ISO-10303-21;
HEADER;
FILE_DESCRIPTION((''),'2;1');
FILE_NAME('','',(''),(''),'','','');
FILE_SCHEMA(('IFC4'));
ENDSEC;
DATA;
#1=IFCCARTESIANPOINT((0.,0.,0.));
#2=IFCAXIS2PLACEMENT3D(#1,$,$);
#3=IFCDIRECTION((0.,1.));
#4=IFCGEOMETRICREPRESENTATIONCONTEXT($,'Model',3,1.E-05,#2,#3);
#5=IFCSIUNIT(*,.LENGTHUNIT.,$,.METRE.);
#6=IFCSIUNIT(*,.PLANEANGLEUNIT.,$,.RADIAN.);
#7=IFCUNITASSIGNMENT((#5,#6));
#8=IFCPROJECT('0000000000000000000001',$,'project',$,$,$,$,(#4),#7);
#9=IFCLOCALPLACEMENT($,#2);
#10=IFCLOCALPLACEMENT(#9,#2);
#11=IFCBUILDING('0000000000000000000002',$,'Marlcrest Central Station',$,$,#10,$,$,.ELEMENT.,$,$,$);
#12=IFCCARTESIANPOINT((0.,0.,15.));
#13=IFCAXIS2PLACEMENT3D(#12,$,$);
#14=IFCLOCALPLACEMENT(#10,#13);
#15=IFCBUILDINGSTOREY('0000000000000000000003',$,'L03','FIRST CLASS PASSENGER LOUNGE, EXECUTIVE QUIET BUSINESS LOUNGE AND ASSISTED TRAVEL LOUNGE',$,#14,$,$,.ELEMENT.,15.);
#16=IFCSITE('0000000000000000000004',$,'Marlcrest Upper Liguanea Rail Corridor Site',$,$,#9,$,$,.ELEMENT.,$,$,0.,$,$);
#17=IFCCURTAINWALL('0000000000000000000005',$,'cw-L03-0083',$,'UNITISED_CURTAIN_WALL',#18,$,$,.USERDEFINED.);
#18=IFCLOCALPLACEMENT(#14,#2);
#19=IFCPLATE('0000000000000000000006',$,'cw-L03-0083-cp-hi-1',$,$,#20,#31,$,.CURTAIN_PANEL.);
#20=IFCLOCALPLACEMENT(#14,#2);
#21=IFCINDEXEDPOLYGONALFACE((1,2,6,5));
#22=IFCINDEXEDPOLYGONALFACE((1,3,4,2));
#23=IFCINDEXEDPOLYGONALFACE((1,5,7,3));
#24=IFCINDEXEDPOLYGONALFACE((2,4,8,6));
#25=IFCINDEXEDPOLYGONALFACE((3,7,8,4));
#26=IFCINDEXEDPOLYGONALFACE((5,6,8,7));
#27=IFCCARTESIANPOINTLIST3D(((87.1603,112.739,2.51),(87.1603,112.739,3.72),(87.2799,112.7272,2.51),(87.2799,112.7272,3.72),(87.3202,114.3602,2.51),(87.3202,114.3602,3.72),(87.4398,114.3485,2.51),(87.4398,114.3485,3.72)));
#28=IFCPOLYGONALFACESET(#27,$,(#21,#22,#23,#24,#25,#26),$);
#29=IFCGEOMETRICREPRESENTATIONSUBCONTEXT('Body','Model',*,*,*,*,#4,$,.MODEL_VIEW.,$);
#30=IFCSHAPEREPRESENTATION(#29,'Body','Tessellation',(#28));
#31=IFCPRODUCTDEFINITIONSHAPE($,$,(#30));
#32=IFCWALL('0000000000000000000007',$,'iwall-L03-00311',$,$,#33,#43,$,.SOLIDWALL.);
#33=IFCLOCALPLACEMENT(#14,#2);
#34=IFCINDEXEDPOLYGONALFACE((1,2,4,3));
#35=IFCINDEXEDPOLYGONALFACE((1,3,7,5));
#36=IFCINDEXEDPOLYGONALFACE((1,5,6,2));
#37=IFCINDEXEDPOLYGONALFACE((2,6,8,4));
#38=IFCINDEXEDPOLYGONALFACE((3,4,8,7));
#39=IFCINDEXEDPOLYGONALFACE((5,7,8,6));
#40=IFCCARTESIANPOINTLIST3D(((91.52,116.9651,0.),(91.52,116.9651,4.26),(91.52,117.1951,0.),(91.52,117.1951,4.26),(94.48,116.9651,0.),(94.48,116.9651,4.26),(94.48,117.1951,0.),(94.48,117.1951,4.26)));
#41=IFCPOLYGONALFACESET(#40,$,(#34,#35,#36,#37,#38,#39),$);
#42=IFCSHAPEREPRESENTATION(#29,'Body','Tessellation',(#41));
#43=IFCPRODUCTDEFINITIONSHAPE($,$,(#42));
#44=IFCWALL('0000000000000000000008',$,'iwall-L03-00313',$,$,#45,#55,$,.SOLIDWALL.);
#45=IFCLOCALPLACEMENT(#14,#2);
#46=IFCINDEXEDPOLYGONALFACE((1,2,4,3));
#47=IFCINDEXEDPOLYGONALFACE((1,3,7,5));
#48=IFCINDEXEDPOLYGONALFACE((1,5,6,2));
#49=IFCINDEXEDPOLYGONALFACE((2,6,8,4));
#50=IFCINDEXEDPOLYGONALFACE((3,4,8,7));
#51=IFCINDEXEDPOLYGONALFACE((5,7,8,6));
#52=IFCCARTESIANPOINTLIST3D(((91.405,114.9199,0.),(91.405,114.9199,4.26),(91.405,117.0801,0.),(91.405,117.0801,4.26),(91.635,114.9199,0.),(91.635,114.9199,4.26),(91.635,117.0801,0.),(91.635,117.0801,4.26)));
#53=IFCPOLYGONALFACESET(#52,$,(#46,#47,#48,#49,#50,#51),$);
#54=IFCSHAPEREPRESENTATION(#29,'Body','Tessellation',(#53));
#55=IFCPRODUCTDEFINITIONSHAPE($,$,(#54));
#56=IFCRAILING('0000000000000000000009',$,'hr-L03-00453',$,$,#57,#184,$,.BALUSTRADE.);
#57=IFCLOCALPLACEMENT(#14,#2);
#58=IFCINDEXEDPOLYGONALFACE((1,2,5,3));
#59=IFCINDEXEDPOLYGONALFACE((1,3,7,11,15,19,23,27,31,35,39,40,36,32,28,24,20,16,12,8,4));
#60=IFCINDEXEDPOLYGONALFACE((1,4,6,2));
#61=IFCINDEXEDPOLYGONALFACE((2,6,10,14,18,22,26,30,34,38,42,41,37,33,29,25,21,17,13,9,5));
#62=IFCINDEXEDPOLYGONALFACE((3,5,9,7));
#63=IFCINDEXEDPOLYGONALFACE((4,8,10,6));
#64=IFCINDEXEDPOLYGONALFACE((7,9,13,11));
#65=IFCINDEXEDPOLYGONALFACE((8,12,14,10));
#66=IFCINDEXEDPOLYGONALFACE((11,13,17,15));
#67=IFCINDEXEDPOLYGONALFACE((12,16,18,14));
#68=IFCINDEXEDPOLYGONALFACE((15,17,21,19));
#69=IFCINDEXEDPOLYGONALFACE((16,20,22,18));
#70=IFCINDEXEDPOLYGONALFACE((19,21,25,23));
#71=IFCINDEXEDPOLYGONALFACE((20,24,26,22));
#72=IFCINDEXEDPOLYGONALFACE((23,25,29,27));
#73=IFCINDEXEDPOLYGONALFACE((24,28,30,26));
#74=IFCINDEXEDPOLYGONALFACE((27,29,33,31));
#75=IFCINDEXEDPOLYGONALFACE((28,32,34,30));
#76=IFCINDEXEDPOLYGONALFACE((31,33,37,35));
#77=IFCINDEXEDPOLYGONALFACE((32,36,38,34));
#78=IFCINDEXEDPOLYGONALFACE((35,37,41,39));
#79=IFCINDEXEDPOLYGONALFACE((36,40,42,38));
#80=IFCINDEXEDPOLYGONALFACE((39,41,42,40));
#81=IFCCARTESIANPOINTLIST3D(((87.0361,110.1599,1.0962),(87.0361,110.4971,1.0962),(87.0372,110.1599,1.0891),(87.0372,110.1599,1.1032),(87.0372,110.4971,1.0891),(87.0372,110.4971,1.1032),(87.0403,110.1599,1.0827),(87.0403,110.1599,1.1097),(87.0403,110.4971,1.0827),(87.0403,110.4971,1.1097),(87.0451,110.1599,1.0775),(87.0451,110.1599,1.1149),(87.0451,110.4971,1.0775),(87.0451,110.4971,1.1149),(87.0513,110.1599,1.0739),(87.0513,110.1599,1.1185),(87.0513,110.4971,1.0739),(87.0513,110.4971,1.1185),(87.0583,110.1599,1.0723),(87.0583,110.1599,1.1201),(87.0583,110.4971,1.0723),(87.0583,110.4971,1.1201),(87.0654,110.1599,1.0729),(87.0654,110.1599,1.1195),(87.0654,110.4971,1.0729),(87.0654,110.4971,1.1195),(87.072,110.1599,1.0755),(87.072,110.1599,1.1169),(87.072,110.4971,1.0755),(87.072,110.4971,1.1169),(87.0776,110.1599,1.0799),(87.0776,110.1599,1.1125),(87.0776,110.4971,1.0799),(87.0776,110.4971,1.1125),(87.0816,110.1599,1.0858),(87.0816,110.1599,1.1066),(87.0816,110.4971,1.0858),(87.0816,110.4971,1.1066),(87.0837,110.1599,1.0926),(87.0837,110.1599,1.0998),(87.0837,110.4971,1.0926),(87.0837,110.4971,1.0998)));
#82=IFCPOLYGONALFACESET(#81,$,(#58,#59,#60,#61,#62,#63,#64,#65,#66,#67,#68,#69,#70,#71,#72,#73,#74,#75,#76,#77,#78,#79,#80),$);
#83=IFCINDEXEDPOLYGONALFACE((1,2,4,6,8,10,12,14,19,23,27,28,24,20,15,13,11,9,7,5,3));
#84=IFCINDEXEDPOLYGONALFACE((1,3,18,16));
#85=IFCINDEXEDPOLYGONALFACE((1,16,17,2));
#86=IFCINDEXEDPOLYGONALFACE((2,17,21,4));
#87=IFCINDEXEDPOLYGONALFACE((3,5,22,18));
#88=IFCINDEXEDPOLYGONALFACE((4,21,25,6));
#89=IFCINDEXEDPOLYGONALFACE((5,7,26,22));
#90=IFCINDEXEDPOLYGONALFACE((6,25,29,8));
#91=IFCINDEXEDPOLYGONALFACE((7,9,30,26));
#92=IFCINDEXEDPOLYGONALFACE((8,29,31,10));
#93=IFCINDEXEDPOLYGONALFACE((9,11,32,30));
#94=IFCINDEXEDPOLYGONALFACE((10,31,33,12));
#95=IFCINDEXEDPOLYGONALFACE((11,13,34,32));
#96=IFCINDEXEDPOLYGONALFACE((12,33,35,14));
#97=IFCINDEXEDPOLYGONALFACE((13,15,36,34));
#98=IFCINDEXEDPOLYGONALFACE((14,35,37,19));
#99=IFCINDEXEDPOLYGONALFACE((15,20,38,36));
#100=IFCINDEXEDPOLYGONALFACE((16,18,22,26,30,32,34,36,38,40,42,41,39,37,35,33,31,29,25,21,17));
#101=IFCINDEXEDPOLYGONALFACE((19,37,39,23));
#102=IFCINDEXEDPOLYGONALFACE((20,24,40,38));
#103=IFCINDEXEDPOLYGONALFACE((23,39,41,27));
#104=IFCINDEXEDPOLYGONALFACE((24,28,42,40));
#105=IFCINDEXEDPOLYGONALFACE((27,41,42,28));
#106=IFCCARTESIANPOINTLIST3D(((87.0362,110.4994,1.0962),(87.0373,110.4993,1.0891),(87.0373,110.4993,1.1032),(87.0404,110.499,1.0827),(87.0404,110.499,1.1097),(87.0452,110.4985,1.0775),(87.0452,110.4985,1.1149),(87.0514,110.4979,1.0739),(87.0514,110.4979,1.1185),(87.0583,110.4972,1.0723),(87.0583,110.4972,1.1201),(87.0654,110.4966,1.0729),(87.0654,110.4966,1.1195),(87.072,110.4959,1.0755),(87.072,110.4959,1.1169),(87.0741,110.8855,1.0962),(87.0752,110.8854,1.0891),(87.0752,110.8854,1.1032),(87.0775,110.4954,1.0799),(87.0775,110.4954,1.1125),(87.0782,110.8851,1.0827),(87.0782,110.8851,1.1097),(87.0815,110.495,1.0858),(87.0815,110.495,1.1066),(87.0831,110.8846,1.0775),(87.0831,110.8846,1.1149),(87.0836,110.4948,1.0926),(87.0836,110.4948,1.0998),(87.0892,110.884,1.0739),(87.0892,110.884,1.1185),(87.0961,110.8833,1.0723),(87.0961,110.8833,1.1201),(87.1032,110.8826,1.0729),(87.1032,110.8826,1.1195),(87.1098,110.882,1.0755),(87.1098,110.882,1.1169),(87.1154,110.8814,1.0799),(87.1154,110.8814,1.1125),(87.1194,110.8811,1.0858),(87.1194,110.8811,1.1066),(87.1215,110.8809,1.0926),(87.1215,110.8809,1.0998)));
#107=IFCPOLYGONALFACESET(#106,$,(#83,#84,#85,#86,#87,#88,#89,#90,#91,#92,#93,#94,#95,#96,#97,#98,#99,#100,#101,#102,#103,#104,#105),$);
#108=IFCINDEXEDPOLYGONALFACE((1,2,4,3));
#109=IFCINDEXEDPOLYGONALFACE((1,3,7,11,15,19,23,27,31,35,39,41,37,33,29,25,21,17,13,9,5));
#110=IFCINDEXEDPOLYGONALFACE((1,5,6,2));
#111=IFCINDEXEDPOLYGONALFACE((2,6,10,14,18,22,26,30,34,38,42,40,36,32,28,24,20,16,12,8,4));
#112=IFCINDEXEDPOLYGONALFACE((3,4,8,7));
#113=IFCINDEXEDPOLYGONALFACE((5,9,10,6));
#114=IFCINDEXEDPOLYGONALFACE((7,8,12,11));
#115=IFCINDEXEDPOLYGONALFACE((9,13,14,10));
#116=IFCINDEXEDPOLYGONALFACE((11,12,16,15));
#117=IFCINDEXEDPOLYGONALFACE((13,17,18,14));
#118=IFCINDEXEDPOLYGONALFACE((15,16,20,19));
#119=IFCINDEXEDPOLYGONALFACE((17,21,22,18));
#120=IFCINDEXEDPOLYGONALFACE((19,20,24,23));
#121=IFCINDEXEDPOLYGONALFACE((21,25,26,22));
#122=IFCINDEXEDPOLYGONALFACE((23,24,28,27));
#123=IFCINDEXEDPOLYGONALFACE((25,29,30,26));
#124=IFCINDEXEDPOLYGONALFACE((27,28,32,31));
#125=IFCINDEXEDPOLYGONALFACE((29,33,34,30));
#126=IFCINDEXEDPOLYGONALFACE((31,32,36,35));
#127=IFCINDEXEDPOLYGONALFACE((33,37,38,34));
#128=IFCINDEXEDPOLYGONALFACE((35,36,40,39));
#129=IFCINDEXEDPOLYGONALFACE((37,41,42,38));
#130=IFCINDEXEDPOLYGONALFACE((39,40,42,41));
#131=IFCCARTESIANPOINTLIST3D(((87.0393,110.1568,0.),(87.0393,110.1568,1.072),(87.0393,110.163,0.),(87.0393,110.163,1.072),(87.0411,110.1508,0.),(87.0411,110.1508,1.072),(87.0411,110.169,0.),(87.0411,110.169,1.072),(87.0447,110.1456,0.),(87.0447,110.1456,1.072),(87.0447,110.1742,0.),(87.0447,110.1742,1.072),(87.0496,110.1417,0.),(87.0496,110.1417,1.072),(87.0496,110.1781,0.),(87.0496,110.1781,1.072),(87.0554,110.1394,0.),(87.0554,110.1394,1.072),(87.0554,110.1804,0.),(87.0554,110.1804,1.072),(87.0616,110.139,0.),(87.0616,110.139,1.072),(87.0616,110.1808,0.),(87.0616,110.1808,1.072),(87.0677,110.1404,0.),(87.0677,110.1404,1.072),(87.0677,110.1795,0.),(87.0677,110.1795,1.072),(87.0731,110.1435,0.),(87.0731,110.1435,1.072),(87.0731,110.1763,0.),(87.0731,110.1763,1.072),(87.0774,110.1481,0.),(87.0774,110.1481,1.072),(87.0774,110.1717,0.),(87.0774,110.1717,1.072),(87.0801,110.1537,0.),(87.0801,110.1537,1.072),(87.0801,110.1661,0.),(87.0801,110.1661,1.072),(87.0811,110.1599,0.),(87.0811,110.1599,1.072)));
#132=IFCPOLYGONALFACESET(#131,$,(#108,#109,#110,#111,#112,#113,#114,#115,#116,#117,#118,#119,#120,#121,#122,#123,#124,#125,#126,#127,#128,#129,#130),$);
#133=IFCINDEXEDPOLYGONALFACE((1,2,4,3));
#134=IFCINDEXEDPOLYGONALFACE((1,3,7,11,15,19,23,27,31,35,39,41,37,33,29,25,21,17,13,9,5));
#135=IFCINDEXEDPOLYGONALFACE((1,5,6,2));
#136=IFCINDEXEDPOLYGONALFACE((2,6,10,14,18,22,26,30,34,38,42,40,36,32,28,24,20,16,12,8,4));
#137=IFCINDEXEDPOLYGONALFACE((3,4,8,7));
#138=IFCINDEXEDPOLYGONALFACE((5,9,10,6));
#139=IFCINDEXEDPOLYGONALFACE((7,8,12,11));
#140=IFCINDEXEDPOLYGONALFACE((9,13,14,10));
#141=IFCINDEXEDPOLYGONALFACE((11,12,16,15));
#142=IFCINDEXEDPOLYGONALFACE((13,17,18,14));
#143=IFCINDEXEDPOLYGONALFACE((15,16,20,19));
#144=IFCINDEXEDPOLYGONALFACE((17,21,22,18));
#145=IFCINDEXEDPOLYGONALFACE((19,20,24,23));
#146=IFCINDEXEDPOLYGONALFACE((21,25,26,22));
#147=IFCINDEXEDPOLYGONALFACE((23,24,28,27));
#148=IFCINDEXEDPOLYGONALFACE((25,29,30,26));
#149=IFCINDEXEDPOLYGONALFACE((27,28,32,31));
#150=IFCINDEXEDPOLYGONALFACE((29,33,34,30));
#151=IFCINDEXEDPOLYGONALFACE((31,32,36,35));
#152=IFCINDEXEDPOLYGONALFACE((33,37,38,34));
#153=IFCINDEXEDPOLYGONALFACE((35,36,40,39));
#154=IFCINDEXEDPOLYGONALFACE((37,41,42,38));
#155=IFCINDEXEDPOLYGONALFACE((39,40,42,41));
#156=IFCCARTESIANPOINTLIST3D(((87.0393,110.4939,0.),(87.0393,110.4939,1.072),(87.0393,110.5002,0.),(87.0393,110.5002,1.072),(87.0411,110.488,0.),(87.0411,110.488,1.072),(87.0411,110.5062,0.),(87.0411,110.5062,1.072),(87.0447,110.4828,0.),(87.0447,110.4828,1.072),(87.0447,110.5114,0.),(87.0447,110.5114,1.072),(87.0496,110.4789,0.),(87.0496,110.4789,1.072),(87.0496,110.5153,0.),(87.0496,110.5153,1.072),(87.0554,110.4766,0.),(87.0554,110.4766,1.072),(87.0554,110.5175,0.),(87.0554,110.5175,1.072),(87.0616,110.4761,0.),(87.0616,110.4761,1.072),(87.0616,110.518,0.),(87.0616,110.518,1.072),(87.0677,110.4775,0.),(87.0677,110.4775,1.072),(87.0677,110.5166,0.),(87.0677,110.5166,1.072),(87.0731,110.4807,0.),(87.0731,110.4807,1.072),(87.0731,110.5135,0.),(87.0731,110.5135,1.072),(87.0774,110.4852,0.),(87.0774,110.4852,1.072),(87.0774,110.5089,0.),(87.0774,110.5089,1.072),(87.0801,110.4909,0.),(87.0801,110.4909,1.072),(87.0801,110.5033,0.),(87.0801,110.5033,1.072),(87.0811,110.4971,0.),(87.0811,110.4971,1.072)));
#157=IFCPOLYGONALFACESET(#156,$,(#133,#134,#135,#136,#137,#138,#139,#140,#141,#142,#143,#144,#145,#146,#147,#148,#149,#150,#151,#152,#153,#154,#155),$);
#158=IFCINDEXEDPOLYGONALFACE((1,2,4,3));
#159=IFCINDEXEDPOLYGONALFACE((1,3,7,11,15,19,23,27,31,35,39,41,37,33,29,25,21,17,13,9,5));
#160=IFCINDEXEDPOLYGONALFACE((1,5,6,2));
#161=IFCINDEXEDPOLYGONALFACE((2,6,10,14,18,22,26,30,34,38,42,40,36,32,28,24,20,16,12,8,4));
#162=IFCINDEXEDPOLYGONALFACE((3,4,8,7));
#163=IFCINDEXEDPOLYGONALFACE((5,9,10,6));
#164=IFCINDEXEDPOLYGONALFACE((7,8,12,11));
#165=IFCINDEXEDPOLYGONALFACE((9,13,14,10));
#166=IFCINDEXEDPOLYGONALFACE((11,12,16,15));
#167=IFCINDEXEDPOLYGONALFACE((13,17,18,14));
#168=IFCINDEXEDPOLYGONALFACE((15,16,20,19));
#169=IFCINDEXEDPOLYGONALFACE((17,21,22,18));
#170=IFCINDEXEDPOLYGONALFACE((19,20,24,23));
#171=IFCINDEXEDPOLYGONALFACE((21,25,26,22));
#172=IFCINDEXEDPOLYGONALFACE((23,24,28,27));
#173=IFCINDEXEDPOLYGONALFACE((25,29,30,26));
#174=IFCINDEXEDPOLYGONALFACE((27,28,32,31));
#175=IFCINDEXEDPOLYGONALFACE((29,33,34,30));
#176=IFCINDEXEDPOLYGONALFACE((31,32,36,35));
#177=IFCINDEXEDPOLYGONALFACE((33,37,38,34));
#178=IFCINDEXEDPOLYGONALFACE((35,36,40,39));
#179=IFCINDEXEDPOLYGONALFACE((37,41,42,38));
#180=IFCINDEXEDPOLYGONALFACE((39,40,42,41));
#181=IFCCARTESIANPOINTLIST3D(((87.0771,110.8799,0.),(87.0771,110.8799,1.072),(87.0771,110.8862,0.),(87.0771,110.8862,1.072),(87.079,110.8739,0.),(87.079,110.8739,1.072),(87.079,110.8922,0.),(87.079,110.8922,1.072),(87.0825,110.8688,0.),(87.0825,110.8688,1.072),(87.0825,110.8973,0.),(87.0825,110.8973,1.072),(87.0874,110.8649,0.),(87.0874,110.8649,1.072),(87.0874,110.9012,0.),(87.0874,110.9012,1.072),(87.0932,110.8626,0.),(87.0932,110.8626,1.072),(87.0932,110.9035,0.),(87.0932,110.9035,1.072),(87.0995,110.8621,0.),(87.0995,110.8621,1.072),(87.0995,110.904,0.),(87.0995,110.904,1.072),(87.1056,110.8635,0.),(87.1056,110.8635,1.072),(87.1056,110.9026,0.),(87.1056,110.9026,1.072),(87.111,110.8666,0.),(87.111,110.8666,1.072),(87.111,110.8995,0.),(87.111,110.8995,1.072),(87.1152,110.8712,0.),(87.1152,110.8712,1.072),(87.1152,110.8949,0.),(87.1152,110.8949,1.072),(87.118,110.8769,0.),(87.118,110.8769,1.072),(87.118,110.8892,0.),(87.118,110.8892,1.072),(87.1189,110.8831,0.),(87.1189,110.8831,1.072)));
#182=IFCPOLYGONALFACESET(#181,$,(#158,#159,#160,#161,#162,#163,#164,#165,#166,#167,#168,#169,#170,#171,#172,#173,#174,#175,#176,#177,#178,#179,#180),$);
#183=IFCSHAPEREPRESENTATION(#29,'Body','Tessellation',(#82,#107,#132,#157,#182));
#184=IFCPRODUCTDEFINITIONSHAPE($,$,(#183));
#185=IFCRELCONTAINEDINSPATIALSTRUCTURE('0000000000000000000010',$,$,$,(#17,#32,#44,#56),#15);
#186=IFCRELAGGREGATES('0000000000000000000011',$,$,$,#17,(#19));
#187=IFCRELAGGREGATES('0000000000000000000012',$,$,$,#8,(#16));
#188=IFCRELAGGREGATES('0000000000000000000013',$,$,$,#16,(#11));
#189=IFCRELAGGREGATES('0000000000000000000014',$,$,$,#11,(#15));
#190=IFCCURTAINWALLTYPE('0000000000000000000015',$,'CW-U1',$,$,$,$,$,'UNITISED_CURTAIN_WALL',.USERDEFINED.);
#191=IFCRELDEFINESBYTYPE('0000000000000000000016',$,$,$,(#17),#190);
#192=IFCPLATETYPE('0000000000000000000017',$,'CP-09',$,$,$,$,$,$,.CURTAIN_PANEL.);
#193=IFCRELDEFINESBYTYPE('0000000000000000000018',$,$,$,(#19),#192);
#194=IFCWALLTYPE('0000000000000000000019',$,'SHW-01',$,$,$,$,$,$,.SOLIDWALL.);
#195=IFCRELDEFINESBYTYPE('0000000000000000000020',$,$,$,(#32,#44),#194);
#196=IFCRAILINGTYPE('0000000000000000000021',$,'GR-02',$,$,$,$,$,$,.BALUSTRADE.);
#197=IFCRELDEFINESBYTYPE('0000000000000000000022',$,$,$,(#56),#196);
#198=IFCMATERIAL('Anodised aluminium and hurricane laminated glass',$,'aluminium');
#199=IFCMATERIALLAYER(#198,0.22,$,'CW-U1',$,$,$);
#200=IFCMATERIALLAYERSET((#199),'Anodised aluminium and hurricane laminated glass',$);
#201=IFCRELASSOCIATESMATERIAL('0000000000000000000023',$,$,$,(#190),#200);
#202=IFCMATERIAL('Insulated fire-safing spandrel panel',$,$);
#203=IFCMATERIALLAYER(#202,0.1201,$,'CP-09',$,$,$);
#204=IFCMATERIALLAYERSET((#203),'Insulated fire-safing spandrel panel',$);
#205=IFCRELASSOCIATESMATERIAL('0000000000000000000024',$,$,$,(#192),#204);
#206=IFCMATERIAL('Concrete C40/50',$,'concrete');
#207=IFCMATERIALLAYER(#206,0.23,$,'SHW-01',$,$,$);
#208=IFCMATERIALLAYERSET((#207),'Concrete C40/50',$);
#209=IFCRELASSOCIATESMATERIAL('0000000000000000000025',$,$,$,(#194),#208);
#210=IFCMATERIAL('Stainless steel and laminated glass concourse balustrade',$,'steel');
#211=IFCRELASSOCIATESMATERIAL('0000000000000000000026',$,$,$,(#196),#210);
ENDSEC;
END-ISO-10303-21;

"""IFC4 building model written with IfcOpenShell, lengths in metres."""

from ifc_helpers import new_model, si_unit, direction, frame, frame_2d, origin, origin_2d, place, context, subcontext, project, spatial, rectangle, circle, extrude, material, layer, layer_set, type_object, element, aggregate, save


model = new_model("IFC4")

# Units and contexts
model_context = context("Model", 3, precision=1e-05, world=origin(), true_north=direction((0.0, 1.0)))
body_context = subcontext(model_context, "Body", "Model", "MODEL_VIEW")
ifc_project = project(units=[si_unit("LENGTHUNIT", "METRE"), si_unit("PLANEANGLEUNIT", "RADIAN")], contexts=[model_context])

# Site, building, storey
site_placement = place(None, origin())
site = spatial("IfcSite", under=ifc_project, at=site_placement, Name="Marlcrest Upper Liguanea Rail Corridor Site", CompositionType="ELEMENT", RefElevation=0.0)
building_placement = place(site_placement, origin())
building = spatial("IfcBuilding", under=site, at=building_placement, Name="Marlcrest Central Station", CompositionType="ELEMENT")
storey_placement = place(building_placement, frame((0.0, 0.0, 15.0)))
storey = spatial("IfcBuildingStorey", under=building, at=storey_placement, Name="L03", Description="FIRST CLASS PASSENGER LOUNGE, EXECUTIVE QUIET BUSINESS LOUNGE AND ASSISTED TRAVEL LOUNGE", CompositionType="ELEMENT", Elevation=15.0)

# Curtain wall
ifc_material_1 = material(Name="Anodised aluminium and hurricane laminated glass", Category="aluminium")
ifc_layer_1 = layer(ifc_material_1, 0.22, Name="CW-U1")
ifc_layer_set_1 = layer_set([ifc_layer_1], Name="Anodised aluminium and hurricane laminated glass")
curtain_wall_type = type_object("IfcCurtainWallType", Name="CW-U1", ElementType="UNITISED_CURTAIN_WALL", PredefinedType="USERDEFINED", material=ifc_layer_set_1)
curtain_wall_1_placement = place(storey_placement, origin())
curtain_wall_1 = element("IfcCurtainWall", 1, at=curtain_wall_1_placement, inside=storey, type_object=curtain_wall_type, Name="cw-L03-0083", ObjectType="UNITISED_CURTAIN_WALL", PredefinedType="USERDEFINED")

# Plate
ifc_material_2 = material(Name="Insulated fire-safing spandrel panel")
ifc_layer_2 = layer(ifc_material_2, 0.1201, Name="CP-09")
ifc_layer_set_2 = layer_set([ifc_layer_2], Name="Insulated fire-safing spandrel panel")
plate_type_1 = type_object("IfcPlateType", Name="CP-09", PredefinedType="CURTAIN_PANEL", material=ifc_layer_set_2)
plate_1_placement = place(storey_placement, frame((87.3, 113.5437, 2.51), z_axis=(0.0, 0.0, 1.0), x_axis=(0.098139, 0.995173, 0.0)))
plate_1 = element("IfcPlate", 2, at=plate_1_placement, type_object=plate_type_1, Name="cw-L03-0083-cp-hi-1", PredefinedType="CURTAIN_PANEL", context=body_context, shape_type="SweptSolid", body=[
    extrude(rectangle(XDim=1.6292, YDim=0.1201, at=origin_2d()), origin(), (0.0, 0.0, 1.0), 1.21),
])
aggregate(curtain_wall_1, [plate_1])

# Walls
ifc_material_3 = material(Name="Concrete C40/50", Category="concrete")
ifc_layer_3 = layer(ifc_material_3, 0.23, Name="SHW-01")
ifc_layer_set_3 = layer_set([ifc_layer_3], Name="Concrete C40/50")
wall_type = type_object("IfcWallType", Name="SHW-01", PredefinedType="SOLIDWALL", material=ifc_layer_set_3)
wall_1_placement = place(storey_placement, frame((91.52, 117.0801, 0.0), z_axis=(0.0, 0.0, 1.0), x_axis=(1.0, 0.0, 0.0)))
element("IfcWall", 3, at=wall_1_placement, inside=storey, type_object=wall_type, Name="iwall-L03-00311", PredefinedType="SOLIDWALL", context=body_context, shape_type="SweptSolid", body=[
    extrude(rectangle(XDim=2.96, YDim=0.23, at=frame_2d((1.48, 0.0))), origin(), (0.0, 0.0, 1.0), 4.26),
])
wall_2_placement = place(storey_placement, frame((91.52, 114.9199, 0.0), z_axis=(0.0, 0.0, 1.0), x_axis=(0.0, 1.0, 0.0)))
element("IfcWall", 4, at=wall_2_placement, inside=storey, type_object=wall_type, Name="iwall-L03-00313", PredefinedType="SOLIDWALL", context=body_context, shape_type="SweptSolid", body=[
    extrude(rectangle(XDim=2.1602, YDim=0.23, at=frame_2d((1.0801, 0.0))), origin(), (0.0, 0.0, 1.0), 4.26),
])

# Railing
ifc_material_4 = material(Name="Stainless steel and laminated glass concourse balustrade", Category="steel")
railing_type = type_object("IfcRailingType", Name="GR-02", PredefinedType="BALUSTRADE", material=ifc_material_4)
railing_1_placement = place(storey_placement, frame((87.0601, 110.1599, 0.0)))
element("IfcRailing", 5, at=railing_1_placement, inside=storey, type_object=railing_type, Name="hr-L03-00453", PredefinedType="BALUSTRADE", context=body_context, shape_type="SweptSolid", body=[
    extrude(circle(Radius=0.0239, at=origin_2d()), frame((0.0, 0.0, 1.0962), z_axis=(0.0, 1.0, 0.0), x_axis=(-1.0, 0.0, 0.0)), (0.0, 0.0, 1.0), 0.3372),
    extrude(circle(Radius=0.0239, at=origin_2d()), frame((0.0, 0.3372, 1.0962), z_axis=(0.097571, 0.995229, 0.0), x_axis=(-0.995229, 0.097571, 0.0)), (0.0, 0.0, 1.0), 0.3879),
    extrude(circle(Radius=0.021, at=origin_2d()), origin(), (0.0, 0.0, 1.0), 1.072),
    extrude(circle(Radius=0.021, at=origin_2d()), frame((0.0, 0.3372, 0.0)), (0.0, 0.0, 1.0), 1.072),
    extrude(circle(Radius=0.021, at=origin_2d()), frame((0.0378, 0.7231, 0.0)), (0.0, 0.0, 1.0), 1.072),
])

save(model, "model.ifc")
